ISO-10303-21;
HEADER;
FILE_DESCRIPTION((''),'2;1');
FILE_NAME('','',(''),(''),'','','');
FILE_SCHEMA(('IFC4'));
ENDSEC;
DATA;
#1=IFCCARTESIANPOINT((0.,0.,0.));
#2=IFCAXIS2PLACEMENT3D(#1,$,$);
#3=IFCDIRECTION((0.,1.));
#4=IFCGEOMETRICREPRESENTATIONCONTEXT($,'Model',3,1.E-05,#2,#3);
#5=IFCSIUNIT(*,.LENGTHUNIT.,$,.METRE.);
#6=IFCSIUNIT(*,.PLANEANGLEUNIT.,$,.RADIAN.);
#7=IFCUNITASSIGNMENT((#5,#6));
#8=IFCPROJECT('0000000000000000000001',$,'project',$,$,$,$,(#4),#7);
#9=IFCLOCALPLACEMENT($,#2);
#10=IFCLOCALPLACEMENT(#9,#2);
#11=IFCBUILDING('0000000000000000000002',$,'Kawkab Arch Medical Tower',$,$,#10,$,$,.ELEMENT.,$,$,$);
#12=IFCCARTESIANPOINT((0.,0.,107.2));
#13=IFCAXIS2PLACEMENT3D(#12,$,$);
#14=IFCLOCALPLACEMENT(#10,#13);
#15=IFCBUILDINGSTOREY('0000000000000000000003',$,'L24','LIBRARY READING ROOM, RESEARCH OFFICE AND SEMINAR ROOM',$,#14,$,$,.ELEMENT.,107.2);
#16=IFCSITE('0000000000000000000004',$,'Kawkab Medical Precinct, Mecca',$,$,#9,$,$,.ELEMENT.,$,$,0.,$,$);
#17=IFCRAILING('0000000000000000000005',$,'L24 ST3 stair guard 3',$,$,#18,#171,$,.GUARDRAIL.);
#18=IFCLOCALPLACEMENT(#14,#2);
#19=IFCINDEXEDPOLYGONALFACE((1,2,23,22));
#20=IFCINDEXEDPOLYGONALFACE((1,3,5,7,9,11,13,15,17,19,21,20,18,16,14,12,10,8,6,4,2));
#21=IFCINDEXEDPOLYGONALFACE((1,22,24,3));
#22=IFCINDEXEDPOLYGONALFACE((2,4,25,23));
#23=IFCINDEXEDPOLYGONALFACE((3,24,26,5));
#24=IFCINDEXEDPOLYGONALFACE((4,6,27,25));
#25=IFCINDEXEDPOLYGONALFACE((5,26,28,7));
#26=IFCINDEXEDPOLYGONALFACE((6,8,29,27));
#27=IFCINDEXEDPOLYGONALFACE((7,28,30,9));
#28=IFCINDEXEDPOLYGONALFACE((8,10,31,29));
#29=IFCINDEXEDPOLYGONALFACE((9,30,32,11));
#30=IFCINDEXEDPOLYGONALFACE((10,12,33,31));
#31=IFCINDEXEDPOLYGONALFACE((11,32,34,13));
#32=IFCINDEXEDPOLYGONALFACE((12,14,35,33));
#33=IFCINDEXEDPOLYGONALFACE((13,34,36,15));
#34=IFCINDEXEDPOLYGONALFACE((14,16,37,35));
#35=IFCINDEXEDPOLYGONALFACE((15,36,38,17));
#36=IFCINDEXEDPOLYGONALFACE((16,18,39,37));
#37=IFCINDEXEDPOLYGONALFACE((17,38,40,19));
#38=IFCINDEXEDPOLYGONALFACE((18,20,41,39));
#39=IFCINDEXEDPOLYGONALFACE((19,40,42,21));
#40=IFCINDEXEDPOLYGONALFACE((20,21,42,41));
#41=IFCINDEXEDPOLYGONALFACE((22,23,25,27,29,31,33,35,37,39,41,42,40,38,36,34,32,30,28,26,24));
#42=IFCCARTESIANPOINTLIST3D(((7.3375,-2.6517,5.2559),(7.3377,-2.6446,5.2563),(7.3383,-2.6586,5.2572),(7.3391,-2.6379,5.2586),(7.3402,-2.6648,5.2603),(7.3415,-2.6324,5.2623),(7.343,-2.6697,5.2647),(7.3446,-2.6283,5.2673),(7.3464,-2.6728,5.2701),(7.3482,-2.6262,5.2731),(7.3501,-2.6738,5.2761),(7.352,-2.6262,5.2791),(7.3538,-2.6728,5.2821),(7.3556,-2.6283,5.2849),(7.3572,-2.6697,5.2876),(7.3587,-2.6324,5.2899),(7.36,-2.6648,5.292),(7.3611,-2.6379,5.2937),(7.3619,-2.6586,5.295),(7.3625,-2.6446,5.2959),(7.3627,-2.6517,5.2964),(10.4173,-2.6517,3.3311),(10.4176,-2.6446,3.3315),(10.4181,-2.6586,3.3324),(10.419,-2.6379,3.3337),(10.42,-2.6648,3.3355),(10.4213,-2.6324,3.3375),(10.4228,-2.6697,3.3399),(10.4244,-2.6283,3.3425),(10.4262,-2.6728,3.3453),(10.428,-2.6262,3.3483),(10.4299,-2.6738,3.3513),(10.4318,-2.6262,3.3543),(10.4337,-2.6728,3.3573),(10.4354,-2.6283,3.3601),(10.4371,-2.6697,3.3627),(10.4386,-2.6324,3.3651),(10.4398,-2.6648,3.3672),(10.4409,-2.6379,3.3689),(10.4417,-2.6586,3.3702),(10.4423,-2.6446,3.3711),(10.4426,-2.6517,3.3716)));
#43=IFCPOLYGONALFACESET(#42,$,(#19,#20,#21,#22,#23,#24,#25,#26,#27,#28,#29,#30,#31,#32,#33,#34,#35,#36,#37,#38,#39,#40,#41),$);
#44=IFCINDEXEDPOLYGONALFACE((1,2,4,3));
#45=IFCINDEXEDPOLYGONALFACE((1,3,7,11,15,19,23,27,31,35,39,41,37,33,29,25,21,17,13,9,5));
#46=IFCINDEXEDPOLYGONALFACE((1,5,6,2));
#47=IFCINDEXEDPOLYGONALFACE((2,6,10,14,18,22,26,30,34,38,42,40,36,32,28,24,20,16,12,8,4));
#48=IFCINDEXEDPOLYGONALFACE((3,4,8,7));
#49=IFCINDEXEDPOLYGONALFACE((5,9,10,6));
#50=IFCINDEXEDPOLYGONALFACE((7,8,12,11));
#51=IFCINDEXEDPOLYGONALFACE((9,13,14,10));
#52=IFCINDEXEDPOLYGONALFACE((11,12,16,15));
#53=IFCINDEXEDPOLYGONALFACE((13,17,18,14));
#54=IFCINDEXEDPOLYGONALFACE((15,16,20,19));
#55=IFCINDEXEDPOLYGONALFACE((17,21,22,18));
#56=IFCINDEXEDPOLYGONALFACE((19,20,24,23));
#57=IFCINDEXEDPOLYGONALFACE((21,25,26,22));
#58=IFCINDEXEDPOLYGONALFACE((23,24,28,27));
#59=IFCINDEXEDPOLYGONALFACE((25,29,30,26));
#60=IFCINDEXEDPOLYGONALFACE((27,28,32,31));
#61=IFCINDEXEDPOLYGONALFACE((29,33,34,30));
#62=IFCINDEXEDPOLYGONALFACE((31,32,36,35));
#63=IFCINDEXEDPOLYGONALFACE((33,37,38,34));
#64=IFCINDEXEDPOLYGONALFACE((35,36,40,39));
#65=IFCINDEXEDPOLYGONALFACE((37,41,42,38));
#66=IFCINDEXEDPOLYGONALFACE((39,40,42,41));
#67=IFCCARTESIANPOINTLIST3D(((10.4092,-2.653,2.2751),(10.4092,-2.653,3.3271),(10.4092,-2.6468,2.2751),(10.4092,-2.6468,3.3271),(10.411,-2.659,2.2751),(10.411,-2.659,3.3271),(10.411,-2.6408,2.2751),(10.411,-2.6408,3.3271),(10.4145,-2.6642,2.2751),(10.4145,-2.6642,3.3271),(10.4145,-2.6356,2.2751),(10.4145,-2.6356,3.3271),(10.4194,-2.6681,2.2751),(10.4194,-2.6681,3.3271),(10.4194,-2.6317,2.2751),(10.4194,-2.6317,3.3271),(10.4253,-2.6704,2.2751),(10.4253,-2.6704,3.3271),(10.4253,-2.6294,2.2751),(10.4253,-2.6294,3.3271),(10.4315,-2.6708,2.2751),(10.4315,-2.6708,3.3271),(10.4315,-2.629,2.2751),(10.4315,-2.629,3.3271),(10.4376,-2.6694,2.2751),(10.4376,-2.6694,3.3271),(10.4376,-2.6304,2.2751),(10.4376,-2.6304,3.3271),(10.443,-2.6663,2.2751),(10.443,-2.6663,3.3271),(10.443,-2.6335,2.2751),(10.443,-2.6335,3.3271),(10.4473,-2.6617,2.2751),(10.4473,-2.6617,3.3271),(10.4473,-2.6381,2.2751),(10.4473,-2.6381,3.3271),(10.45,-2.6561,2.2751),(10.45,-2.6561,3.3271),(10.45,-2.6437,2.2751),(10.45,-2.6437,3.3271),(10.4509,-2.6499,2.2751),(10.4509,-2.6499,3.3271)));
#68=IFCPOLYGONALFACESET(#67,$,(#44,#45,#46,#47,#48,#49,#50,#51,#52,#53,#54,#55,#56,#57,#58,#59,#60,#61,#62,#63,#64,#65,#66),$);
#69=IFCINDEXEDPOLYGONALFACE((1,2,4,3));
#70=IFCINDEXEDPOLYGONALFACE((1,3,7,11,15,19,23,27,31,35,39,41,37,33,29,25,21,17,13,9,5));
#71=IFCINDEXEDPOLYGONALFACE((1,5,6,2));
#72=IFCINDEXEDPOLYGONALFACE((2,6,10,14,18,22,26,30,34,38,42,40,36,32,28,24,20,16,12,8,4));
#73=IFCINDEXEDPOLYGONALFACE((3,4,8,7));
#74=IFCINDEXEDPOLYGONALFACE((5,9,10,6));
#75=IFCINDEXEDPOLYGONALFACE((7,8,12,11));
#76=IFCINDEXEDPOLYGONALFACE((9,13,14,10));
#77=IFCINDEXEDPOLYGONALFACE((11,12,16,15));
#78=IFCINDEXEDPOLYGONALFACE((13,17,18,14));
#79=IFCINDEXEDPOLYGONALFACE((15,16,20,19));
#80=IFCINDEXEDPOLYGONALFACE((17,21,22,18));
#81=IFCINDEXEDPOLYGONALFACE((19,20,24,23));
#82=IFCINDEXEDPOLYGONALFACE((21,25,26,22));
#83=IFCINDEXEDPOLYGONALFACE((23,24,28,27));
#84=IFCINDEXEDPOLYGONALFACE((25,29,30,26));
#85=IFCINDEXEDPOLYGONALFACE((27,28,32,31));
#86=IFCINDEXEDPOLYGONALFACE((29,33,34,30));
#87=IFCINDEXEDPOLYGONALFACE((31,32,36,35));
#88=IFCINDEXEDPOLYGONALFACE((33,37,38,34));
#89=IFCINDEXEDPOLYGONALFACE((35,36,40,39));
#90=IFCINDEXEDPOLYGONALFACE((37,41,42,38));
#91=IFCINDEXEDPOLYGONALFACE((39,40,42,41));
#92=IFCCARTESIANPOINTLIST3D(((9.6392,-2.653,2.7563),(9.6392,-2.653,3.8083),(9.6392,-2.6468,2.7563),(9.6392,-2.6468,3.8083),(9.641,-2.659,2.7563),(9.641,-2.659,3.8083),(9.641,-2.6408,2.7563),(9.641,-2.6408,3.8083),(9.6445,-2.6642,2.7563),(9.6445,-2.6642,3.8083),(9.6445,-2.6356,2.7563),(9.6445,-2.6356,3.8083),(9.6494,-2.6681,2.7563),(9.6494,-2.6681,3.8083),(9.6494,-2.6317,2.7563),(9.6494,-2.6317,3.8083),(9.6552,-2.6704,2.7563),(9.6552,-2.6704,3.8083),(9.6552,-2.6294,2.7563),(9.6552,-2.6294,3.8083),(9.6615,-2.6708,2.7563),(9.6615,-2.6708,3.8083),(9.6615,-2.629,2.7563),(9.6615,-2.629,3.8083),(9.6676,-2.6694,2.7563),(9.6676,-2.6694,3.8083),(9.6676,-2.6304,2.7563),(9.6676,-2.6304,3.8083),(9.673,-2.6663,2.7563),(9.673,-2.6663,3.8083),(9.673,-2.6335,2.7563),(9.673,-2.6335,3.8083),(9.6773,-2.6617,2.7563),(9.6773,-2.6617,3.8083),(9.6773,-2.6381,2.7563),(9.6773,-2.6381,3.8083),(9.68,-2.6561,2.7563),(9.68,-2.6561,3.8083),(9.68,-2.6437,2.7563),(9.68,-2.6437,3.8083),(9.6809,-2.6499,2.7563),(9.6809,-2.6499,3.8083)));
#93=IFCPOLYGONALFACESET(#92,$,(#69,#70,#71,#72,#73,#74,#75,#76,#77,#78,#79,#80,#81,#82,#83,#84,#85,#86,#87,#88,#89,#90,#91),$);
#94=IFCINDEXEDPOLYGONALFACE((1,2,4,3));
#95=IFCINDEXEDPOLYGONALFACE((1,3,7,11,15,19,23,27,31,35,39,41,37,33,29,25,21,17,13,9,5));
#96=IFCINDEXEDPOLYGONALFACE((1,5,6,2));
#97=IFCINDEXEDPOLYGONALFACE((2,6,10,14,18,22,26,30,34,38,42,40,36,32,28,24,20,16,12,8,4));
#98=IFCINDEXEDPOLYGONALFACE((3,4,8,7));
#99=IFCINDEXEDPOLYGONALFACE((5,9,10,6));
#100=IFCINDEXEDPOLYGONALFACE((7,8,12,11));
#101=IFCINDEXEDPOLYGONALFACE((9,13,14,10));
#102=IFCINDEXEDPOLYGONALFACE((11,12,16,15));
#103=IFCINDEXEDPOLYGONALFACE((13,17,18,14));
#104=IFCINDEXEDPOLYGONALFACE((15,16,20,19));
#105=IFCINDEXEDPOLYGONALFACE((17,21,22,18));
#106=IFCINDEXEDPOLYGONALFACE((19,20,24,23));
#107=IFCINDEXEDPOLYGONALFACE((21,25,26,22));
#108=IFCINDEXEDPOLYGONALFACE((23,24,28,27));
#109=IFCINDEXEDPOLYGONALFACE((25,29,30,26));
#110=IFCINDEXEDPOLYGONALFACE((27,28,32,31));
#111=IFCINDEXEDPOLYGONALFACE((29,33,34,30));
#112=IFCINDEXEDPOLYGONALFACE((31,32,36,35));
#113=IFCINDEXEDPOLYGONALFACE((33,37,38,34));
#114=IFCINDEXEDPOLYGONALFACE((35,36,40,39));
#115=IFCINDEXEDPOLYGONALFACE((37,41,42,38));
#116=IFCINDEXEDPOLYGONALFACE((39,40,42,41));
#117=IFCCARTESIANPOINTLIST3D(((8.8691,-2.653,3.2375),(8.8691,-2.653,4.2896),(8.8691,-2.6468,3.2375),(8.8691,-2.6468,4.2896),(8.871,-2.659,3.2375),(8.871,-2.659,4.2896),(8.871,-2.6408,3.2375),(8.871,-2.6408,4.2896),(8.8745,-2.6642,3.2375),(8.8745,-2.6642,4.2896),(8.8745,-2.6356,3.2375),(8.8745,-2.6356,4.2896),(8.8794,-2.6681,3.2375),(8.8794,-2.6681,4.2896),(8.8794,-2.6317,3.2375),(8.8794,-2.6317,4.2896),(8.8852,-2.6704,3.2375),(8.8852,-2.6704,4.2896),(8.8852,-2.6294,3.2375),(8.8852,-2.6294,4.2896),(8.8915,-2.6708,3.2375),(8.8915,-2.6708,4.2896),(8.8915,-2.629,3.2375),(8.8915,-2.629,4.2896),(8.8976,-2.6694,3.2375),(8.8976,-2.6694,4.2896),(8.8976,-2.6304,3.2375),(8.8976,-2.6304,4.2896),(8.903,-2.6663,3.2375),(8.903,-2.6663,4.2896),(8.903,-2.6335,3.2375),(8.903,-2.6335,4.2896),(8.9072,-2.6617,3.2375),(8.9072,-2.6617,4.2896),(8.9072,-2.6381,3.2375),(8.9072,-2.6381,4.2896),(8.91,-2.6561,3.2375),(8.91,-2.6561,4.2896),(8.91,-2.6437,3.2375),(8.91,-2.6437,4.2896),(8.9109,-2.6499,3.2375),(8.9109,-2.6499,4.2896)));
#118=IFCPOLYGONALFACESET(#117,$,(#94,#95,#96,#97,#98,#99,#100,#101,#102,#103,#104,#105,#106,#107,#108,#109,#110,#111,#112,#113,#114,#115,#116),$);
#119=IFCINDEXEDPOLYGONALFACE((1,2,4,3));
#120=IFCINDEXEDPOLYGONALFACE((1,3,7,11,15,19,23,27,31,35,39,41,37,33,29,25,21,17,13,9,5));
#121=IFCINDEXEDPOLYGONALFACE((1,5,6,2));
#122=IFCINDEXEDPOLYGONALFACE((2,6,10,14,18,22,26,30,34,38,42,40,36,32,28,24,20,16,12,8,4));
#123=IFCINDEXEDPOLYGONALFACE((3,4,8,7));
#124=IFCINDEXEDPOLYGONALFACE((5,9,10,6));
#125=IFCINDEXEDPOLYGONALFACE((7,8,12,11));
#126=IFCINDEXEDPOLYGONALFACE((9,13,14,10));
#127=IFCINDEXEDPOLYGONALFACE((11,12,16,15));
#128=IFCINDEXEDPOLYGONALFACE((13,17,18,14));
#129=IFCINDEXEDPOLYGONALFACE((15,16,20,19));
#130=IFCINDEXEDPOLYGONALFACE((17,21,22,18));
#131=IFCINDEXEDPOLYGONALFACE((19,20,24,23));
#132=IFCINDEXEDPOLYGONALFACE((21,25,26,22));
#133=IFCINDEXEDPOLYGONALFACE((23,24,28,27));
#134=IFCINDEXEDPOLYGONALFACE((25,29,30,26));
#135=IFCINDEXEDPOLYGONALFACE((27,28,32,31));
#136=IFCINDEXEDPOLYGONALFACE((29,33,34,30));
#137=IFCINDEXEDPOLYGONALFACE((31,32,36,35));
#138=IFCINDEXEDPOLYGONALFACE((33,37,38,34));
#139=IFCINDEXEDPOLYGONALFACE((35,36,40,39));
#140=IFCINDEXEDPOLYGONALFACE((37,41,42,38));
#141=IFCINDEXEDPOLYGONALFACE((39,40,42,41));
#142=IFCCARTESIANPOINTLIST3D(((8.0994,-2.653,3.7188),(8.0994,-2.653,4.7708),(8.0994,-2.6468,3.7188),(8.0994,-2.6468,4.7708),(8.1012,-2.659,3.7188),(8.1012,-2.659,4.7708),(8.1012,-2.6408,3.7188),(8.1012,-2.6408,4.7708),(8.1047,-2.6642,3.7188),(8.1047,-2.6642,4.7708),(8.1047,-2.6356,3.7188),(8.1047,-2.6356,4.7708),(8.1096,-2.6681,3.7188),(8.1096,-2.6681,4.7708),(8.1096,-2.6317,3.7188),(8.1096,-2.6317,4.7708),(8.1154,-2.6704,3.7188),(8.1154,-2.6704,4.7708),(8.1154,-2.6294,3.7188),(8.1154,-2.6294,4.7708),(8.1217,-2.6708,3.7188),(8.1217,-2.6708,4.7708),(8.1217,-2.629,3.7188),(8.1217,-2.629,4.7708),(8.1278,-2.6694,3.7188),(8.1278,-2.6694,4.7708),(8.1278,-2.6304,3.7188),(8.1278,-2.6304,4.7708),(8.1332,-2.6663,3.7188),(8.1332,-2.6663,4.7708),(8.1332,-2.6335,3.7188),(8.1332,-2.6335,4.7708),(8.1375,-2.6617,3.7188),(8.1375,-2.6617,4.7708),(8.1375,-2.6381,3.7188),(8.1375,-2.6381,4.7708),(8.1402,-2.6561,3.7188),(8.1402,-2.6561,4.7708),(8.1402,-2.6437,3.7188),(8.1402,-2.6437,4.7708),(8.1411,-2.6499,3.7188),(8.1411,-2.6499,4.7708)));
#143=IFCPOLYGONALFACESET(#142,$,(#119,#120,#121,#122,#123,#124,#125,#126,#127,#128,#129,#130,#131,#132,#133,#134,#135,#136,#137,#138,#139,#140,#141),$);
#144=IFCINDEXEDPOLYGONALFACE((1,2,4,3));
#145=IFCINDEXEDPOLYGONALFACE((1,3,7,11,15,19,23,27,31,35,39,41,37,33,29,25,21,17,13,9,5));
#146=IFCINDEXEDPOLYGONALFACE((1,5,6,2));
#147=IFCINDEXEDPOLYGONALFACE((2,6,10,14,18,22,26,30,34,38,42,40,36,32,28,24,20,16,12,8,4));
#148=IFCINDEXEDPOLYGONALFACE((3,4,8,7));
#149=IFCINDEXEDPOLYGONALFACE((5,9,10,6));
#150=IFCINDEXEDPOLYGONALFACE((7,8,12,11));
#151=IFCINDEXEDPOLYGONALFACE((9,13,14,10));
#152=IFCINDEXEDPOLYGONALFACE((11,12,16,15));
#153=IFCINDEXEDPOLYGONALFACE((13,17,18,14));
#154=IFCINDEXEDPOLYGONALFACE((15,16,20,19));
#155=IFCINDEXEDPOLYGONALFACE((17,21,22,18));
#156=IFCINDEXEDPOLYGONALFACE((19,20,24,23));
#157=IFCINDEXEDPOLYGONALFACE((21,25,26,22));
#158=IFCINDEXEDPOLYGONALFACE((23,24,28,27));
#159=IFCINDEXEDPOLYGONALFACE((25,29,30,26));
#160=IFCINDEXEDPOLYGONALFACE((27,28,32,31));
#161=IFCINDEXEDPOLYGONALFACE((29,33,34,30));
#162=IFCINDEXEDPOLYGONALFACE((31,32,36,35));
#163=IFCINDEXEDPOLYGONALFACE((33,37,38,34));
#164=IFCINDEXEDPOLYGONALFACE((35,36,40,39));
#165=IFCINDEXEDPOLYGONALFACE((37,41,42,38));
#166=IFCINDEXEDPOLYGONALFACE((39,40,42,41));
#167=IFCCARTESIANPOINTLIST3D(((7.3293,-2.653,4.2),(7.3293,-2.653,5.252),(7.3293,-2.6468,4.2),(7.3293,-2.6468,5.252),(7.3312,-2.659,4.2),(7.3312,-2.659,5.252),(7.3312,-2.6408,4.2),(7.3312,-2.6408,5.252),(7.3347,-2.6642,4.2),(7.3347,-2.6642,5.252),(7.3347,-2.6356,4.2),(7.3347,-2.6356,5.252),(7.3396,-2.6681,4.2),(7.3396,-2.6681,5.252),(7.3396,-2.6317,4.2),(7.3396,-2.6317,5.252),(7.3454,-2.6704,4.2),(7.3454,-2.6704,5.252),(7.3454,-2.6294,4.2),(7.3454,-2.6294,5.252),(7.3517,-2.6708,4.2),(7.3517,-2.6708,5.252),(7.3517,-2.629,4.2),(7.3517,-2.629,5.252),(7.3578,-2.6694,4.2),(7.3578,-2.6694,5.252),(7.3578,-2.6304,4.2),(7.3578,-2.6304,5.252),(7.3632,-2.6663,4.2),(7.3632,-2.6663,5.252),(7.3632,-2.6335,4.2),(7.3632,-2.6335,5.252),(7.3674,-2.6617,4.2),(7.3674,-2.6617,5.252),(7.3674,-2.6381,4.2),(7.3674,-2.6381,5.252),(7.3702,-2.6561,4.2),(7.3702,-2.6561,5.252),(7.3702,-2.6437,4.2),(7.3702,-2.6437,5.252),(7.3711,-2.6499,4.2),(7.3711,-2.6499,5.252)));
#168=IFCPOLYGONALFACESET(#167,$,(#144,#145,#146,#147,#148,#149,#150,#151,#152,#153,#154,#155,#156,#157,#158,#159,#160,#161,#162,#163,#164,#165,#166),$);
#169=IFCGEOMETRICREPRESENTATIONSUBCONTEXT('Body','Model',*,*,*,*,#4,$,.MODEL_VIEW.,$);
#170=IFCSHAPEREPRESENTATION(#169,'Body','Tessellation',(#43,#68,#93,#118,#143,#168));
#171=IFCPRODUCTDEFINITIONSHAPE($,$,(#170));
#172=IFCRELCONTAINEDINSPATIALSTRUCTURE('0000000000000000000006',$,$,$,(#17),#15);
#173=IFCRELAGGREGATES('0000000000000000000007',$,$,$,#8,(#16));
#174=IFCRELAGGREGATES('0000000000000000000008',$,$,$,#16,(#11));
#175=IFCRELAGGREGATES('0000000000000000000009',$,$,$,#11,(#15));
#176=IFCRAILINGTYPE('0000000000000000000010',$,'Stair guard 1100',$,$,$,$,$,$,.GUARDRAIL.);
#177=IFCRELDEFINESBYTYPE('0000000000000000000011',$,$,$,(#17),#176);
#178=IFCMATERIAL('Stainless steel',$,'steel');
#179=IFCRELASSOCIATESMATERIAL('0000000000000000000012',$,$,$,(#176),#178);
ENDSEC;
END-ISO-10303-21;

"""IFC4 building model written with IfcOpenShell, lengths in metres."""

from ifc_helpers import new_model, si_unit, direction, frame, origin, origin_2d, place, context, subcontext, project, spatial, circle, extrude, material, type_object, element, save


model = new_model("IFC4")

# Units and contexts
model_context = context("Model", 3, precision=1e-05, world=origin(), true_north=direction((0.0, 1.0)))
body_context = subcontext(model_context, "Body", "Model", "MODEL_VIEW")
ifc_project = project(units=[si_unit("LENGTHUNIT", "METRE"), si_unit("PLANEANGLEUNIT", "RADIAN")], contexts=[model_context])

# Site, building, storey
site_placement = place(None, origin())
site = spatial("IfcSite", under=ifc_project, at=site_placement, Name="Kawkab Medical Precinct, Mecca", CompositionType="ELEMENT", RefElevation=0.0)
building_placement = place(site_placement, origin())
building = spatial("IfcBuilding", under=site, at=building_placement, Name="Kawkab Arch Medical Tower", CompositionType="ELEMENT")
storey_placement = place(building_placement, frame((0.0, 0.0, 107.2)))
storey = spatial("IfcBuildingStorey", under=building, at=storey_placement, Name="L24", Description="LIBRARY READING ROOM, RESEARCH OFFICE AND SEMINAR ROOM", CompositionType="ELEMENT", Elevation=107.2)

# Railing
ifc_material_1 = material(Name="Stainless steel", Category="steel")
railing_type_1 = type_object("IfcRailingType", Name="Stair guard 1100", PredefinedType="GUARDRAIL", material=ifc_material_1)
railing_1_placement = place(storey_placement, frame((10.4299, -2.6499, 2.2751)))
element("IfcRailing", 1, at=railing_1_placement, inside=storey, type_object=railing_type_1, Name="L24 ST3 stair guard 3", PredefinedType="GUARDRAIL", context=body_context, shape_type="SweptSolid", body=[
    extrude(circle(Radius=0.0239, at=origin_2d()), frame((0.0, 0.0, 1.0762), z_axis=(-0.84801, 0.0, 0.529981), x_axis=(0.0, -1.0, 0.0)), (0.0, 0.0, 1.0), 3.6318),
    extrude(circle(Radius=0.021, at=origin_2d()), origin(), (0.0, 0.0, 1.0), 1.052),
    extrude(circle(Radius=0.021, at=origin_2d()), frame((-0.77, 0.0, 0.4812)), (0.0, 0.0, 1.0), 1.052),
    extrude(circle(Radius=0.021, at=origin_2d()), frame((-1.54, 0.0, 0.9624)), (0.0, 0.0, 1.0), 1.052),
    extrude(circle(Radius=0.021, at=origin_2d()), frame((-2.3098, 0.0, 1.4436)), (0.0, 0.0, 1.0), 1.052),
    extrude(circle(Radius=0.021, at=origin_2d()), frame((-3.0798, 0.0, 1.9248)), (0.0, 0.0, 1.0), 1.052),
])

save(model, "model.ifc")
